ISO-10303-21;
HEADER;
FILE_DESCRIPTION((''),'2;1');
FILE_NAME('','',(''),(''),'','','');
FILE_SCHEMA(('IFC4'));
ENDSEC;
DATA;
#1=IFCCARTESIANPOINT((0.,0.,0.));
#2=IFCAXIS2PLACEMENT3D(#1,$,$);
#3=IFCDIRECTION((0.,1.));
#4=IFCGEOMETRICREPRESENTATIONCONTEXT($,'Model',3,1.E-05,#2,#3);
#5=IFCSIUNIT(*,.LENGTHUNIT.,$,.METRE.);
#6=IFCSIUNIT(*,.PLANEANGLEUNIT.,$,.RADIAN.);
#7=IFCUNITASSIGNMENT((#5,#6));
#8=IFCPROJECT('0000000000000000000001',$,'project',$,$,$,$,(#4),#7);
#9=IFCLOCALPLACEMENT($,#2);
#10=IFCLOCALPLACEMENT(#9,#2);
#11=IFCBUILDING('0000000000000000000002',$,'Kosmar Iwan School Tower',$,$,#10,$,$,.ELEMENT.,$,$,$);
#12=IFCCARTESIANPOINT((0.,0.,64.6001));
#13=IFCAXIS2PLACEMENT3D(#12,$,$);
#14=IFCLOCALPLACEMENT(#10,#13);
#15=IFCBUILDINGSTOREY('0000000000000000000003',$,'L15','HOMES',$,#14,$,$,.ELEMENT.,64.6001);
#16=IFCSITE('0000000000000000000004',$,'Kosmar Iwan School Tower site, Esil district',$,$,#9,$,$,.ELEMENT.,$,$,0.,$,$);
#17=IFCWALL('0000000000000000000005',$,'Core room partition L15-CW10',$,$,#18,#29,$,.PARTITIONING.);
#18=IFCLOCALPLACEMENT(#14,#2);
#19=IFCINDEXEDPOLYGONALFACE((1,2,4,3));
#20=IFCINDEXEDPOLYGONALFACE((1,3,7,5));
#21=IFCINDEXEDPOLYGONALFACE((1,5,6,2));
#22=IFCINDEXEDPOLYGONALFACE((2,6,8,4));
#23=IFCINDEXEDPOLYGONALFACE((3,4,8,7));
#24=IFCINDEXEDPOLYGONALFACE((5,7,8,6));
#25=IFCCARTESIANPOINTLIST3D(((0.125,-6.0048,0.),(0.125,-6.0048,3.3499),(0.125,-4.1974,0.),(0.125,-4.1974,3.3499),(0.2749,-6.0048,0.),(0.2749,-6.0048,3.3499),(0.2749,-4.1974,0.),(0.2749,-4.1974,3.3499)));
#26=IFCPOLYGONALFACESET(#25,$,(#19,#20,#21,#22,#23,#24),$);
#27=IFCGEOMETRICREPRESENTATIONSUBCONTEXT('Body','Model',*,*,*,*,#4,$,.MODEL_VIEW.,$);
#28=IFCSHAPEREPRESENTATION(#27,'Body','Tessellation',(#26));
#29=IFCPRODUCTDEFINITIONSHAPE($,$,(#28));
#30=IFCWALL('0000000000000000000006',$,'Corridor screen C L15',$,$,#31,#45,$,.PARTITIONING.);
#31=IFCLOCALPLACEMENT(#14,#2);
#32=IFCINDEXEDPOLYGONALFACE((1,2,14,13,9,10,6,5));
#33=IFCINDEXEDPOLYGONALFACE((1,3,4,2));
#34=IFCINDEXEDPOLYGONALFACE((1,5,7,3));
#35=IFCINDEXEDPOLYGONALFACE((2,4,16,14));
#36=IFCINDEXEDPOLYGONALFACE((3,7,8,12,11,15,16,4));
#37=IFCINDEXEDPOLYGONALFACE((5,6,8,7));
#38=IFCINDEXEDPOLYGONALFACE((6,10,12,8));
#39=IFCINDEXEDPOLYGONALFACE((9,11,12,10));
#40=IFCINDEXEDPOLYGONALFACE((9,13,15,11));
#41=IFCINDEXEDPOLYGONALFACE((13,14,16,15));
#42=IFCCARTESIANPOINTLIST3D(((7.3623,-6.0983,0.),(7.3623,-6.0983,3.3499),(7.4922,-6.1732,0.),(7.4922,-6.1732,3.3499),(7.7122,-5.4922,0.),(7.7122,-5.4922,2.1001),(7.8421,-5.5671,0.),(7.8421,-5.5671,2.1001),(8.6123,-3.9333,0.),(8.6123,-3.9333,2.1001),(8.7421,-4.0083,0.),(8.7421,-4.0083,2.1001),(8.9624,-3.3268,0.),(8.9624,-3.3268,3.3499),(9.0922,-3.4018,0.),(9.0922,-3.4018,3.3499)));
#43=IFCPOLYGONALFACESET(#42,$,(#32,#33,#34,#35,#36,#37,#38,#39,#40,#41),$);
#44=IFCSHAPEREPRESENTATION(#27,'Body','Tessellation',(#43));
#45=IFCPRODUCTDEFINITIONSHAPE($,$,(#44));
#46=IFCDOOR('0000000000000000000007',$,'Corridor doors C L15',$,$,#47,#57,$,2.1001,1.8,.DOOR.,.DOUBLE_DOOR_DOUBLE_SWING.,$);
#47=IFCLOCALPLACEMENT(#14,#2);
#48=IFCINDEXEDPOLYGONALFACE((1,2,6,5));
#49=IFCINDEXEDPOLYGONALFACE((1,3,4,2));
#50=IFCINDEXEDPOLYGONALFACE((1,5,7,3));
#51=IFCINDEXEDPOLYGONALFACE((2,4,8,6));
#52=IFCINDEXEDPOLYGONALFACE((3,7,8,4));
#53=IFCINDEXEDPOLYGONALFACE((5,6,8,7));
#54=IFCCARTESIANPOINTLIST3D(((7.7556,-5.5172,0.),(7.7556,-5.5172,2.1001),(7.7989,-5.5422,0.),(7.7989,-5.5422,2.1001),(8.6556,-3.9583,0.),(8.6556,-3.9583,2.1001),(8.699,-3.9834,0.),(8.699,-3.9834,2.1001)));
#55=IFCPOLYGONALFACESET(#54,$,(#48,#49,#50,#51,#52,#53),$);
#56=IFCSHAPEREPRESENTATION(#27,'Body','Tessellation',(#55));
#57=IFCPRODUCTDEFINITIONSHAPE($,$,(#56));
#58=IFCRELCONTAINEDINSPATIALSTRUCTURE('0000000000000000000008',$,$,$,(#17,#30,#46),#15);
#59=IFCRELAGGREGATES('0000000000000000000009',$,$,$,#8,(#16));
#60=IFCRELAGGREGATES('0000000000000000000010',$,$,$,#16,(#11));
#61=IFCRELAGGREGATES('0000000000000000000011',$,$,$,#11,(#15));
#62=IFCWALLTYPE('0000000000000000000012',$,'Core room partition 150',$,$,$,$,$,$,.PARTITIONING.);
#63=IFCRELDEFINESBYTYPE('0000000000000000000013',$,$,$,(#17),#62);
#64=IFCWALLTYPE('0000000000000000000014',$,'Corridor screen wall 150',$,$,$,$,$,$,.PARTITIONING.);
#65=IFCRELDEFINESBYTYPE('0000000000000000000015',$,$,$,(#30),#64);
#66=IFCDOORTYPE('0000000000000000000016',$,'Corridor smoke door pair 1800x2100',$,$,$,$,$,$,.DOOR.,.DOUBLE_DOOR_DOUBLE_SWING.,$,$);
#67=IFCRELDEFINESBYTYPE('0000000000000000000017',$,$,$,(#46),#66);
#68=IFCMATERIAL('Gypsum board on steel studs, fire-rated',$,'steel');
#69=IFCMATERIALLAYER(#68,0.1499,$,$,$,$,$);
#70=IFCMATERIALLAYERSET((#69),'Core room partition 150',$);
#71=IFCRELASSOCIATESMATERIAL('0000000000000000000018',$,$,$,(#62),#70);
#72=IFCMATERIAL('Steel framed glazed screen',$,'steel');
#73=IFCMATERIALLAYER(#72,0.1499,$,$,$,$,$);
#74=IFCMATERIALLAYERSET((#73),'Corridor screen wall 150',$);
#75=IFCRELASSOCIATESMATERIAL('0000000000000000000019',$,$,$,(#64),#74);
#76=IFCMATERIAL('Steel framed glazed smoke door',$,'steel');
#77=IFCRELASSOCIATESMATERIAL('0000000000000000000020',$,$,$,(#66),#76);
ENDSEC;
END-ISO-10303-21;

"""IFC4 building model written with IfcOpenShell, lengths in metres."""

from ifc_helpers import new_model, si_unit, direction, frame, frame_2d, origin, place, context, subcontext, project, spatial, rectangle, extrude, material, layer, layer_set, type_object, element, fill, save


model = new_model("IFC4")

# Units and contexts
model_context = context("Model", 3, precision=1e-05, world=origin(), true_north=direction((0.0, 1.0)))
body_context = subcontext(model_context, "Body", "Model", "MODEL_VIEW")
ifc_project = project(units=[si_unit("LENGTHUNIT", "METRE"), si_unit("PLANEANGLEUNIT", "RADIAN")], contexts=[model_context])

# Site, building, storey
site_placement = place(None, origin())
site = spatial("IfcSite", under=ifc_project, at=site_placement, Name="Kosmar Iwan School Tower site, Esil district", CompositionType="ELEMENT", RefElevation=0.0)
building_placement = place(site_placement, origin())
building = spatial("IfcBuilding", under=site, at=building_placement, Name="Kosmar Iwan School Tower", CompositionType="ELEMENT")
storey_placement = place(building_placement, frame((0.0, 0.0, 64.6001)))
storey = spatial("IfcBuildingStorey", under=building, at=storey_placement, Name="L15", Description="HOMES", CompositionType="ELEMENT", Elevation=64.6001)

# Wall
ifc_material_1 = material(Name="Gypsum board on steel studs, fire-rated", Category="steel")
ifc_layer_1 = layer(ifc_material_1, 0.1499)
ifc_layer_set_1 = layer_set([ifc_layer_1], Name="Core room partition 150")
wall_type_1 = type_object("IfcWallType", Name="Core room partition 150", PredefinedType="PARTITIONING", material=ifc_layer_set_1)
wall_1_placement = place(storey_placement, frame((0.2, -6.0049, 0.0), z_axis=(0.0, 0.0, 1.0), x_axis=(0.0, 1.0, 0.0)))
element("IfcWall", 1, at=wall_1_placement, inside=storey, type_object=wall_type_1, Name="Core room partition L15-CW10", PredefinedType="PARTITIONING", context=body_context, shape_type="SweptSolid", body=[
    extrude(rectangle(XDim=1.8074, YDim=0.1499, at=frame_2d((0.9038, 0.0))), origin(), (0.0, 0.0, 1.0), 3.3499),
])

# Wall, opening, door
ifc_material_2 = material(Name="Steel framed glazed screen", Category="steel")
ifc_layer_2 = layer(ifc_material_2, 0.1499)
ifc_layer_set_2 = layer_set([ifc_layer_2], Name="Corridor screen wall 150")
wall_type_2 = type_object("IfcWallType", Name="Corridor screen wall 150", PredefinedType="PARTITIONING", material=ifc_layer_set_2)
wall_2_placement = place(storey_placement, frame((7.4272, -6.1357, 0.0), z_axis=(0.0, 0.0, 1.0), x_axis=(0.499995, 0.866028, 0.0)))
wall_2 = element("IfcWall", 2, at=wall_2_placement, inside=storey, type_object=wall_type_2, Name="Corridor screen C L15", PredefinedType="PARTITIONING", context=body_context, shape_type="SweptSolid", body=[
    extrude(rectangle(XDim=3.2002, YDim=0.1499, at=frame_2d((1.6001, 0.0))), origin(), (0.0, 0.0, 1.0), 3.3499),
])
opening_1_placement = place(wall_2_placement, frame((0.7, 0.0, 0.0)))
opening_1 = element("IfcOpeningElement", 3, at=opening_1_placement, cuts=wall_2, PredefinedType="OPENING", context=body_context, shape_type="SweptSolid", body=[
    extrude(rectangle(XDim=1.8, YDim=2.1001, at=frame_2d((0.8999, 1.05))), frame((0.0, 0.0869, 0.0), z_axis=(0.0, -1.0, 0.0), x_axis=(1.0, 0.0, 0.0)), (0.0, 0.0, 1.0), 0.1738),
])
ifc_material_3 = material(Name="Steel framed glazed smoke door", Category="steel")
door_type_1 = type_object("IfcDoorType", Name="Corridor smoke door pair 1800x2100", OperationType="DOUBLE_DOOR_DOUBLE_SWING", PredefinedType="DOOR", material=ifc_material_3)
door_1_placement = place(opening_1_placement, origin())
door_1 = element("IfcDoor", 4, at=door_1_placement, inside=storey, type_object=door_type_1, Name="Corridor doors C L15", OperationType="DOUBLE_DOOR_DOUBLE_SWING", OverallHeight=2.1001, OverallWidth=1.8, PredefinedType="DOOR", context=body_context, shape_type="SweptSolid", body=[
    extrude(rectangle(XDim=1.8, YDim=2.1001, at=frame_2d((0.8999, 1.05))), frame((0.0, 0.0249, 0.0), z_axis=(0.0, -1.0, 0.0), x_axis=(1.0, 0.0, 0.0)), (0.0, 0.0, 1.0), 0.05),
])
fill(opening_1, door_1)

save(model, "model.ifc")
